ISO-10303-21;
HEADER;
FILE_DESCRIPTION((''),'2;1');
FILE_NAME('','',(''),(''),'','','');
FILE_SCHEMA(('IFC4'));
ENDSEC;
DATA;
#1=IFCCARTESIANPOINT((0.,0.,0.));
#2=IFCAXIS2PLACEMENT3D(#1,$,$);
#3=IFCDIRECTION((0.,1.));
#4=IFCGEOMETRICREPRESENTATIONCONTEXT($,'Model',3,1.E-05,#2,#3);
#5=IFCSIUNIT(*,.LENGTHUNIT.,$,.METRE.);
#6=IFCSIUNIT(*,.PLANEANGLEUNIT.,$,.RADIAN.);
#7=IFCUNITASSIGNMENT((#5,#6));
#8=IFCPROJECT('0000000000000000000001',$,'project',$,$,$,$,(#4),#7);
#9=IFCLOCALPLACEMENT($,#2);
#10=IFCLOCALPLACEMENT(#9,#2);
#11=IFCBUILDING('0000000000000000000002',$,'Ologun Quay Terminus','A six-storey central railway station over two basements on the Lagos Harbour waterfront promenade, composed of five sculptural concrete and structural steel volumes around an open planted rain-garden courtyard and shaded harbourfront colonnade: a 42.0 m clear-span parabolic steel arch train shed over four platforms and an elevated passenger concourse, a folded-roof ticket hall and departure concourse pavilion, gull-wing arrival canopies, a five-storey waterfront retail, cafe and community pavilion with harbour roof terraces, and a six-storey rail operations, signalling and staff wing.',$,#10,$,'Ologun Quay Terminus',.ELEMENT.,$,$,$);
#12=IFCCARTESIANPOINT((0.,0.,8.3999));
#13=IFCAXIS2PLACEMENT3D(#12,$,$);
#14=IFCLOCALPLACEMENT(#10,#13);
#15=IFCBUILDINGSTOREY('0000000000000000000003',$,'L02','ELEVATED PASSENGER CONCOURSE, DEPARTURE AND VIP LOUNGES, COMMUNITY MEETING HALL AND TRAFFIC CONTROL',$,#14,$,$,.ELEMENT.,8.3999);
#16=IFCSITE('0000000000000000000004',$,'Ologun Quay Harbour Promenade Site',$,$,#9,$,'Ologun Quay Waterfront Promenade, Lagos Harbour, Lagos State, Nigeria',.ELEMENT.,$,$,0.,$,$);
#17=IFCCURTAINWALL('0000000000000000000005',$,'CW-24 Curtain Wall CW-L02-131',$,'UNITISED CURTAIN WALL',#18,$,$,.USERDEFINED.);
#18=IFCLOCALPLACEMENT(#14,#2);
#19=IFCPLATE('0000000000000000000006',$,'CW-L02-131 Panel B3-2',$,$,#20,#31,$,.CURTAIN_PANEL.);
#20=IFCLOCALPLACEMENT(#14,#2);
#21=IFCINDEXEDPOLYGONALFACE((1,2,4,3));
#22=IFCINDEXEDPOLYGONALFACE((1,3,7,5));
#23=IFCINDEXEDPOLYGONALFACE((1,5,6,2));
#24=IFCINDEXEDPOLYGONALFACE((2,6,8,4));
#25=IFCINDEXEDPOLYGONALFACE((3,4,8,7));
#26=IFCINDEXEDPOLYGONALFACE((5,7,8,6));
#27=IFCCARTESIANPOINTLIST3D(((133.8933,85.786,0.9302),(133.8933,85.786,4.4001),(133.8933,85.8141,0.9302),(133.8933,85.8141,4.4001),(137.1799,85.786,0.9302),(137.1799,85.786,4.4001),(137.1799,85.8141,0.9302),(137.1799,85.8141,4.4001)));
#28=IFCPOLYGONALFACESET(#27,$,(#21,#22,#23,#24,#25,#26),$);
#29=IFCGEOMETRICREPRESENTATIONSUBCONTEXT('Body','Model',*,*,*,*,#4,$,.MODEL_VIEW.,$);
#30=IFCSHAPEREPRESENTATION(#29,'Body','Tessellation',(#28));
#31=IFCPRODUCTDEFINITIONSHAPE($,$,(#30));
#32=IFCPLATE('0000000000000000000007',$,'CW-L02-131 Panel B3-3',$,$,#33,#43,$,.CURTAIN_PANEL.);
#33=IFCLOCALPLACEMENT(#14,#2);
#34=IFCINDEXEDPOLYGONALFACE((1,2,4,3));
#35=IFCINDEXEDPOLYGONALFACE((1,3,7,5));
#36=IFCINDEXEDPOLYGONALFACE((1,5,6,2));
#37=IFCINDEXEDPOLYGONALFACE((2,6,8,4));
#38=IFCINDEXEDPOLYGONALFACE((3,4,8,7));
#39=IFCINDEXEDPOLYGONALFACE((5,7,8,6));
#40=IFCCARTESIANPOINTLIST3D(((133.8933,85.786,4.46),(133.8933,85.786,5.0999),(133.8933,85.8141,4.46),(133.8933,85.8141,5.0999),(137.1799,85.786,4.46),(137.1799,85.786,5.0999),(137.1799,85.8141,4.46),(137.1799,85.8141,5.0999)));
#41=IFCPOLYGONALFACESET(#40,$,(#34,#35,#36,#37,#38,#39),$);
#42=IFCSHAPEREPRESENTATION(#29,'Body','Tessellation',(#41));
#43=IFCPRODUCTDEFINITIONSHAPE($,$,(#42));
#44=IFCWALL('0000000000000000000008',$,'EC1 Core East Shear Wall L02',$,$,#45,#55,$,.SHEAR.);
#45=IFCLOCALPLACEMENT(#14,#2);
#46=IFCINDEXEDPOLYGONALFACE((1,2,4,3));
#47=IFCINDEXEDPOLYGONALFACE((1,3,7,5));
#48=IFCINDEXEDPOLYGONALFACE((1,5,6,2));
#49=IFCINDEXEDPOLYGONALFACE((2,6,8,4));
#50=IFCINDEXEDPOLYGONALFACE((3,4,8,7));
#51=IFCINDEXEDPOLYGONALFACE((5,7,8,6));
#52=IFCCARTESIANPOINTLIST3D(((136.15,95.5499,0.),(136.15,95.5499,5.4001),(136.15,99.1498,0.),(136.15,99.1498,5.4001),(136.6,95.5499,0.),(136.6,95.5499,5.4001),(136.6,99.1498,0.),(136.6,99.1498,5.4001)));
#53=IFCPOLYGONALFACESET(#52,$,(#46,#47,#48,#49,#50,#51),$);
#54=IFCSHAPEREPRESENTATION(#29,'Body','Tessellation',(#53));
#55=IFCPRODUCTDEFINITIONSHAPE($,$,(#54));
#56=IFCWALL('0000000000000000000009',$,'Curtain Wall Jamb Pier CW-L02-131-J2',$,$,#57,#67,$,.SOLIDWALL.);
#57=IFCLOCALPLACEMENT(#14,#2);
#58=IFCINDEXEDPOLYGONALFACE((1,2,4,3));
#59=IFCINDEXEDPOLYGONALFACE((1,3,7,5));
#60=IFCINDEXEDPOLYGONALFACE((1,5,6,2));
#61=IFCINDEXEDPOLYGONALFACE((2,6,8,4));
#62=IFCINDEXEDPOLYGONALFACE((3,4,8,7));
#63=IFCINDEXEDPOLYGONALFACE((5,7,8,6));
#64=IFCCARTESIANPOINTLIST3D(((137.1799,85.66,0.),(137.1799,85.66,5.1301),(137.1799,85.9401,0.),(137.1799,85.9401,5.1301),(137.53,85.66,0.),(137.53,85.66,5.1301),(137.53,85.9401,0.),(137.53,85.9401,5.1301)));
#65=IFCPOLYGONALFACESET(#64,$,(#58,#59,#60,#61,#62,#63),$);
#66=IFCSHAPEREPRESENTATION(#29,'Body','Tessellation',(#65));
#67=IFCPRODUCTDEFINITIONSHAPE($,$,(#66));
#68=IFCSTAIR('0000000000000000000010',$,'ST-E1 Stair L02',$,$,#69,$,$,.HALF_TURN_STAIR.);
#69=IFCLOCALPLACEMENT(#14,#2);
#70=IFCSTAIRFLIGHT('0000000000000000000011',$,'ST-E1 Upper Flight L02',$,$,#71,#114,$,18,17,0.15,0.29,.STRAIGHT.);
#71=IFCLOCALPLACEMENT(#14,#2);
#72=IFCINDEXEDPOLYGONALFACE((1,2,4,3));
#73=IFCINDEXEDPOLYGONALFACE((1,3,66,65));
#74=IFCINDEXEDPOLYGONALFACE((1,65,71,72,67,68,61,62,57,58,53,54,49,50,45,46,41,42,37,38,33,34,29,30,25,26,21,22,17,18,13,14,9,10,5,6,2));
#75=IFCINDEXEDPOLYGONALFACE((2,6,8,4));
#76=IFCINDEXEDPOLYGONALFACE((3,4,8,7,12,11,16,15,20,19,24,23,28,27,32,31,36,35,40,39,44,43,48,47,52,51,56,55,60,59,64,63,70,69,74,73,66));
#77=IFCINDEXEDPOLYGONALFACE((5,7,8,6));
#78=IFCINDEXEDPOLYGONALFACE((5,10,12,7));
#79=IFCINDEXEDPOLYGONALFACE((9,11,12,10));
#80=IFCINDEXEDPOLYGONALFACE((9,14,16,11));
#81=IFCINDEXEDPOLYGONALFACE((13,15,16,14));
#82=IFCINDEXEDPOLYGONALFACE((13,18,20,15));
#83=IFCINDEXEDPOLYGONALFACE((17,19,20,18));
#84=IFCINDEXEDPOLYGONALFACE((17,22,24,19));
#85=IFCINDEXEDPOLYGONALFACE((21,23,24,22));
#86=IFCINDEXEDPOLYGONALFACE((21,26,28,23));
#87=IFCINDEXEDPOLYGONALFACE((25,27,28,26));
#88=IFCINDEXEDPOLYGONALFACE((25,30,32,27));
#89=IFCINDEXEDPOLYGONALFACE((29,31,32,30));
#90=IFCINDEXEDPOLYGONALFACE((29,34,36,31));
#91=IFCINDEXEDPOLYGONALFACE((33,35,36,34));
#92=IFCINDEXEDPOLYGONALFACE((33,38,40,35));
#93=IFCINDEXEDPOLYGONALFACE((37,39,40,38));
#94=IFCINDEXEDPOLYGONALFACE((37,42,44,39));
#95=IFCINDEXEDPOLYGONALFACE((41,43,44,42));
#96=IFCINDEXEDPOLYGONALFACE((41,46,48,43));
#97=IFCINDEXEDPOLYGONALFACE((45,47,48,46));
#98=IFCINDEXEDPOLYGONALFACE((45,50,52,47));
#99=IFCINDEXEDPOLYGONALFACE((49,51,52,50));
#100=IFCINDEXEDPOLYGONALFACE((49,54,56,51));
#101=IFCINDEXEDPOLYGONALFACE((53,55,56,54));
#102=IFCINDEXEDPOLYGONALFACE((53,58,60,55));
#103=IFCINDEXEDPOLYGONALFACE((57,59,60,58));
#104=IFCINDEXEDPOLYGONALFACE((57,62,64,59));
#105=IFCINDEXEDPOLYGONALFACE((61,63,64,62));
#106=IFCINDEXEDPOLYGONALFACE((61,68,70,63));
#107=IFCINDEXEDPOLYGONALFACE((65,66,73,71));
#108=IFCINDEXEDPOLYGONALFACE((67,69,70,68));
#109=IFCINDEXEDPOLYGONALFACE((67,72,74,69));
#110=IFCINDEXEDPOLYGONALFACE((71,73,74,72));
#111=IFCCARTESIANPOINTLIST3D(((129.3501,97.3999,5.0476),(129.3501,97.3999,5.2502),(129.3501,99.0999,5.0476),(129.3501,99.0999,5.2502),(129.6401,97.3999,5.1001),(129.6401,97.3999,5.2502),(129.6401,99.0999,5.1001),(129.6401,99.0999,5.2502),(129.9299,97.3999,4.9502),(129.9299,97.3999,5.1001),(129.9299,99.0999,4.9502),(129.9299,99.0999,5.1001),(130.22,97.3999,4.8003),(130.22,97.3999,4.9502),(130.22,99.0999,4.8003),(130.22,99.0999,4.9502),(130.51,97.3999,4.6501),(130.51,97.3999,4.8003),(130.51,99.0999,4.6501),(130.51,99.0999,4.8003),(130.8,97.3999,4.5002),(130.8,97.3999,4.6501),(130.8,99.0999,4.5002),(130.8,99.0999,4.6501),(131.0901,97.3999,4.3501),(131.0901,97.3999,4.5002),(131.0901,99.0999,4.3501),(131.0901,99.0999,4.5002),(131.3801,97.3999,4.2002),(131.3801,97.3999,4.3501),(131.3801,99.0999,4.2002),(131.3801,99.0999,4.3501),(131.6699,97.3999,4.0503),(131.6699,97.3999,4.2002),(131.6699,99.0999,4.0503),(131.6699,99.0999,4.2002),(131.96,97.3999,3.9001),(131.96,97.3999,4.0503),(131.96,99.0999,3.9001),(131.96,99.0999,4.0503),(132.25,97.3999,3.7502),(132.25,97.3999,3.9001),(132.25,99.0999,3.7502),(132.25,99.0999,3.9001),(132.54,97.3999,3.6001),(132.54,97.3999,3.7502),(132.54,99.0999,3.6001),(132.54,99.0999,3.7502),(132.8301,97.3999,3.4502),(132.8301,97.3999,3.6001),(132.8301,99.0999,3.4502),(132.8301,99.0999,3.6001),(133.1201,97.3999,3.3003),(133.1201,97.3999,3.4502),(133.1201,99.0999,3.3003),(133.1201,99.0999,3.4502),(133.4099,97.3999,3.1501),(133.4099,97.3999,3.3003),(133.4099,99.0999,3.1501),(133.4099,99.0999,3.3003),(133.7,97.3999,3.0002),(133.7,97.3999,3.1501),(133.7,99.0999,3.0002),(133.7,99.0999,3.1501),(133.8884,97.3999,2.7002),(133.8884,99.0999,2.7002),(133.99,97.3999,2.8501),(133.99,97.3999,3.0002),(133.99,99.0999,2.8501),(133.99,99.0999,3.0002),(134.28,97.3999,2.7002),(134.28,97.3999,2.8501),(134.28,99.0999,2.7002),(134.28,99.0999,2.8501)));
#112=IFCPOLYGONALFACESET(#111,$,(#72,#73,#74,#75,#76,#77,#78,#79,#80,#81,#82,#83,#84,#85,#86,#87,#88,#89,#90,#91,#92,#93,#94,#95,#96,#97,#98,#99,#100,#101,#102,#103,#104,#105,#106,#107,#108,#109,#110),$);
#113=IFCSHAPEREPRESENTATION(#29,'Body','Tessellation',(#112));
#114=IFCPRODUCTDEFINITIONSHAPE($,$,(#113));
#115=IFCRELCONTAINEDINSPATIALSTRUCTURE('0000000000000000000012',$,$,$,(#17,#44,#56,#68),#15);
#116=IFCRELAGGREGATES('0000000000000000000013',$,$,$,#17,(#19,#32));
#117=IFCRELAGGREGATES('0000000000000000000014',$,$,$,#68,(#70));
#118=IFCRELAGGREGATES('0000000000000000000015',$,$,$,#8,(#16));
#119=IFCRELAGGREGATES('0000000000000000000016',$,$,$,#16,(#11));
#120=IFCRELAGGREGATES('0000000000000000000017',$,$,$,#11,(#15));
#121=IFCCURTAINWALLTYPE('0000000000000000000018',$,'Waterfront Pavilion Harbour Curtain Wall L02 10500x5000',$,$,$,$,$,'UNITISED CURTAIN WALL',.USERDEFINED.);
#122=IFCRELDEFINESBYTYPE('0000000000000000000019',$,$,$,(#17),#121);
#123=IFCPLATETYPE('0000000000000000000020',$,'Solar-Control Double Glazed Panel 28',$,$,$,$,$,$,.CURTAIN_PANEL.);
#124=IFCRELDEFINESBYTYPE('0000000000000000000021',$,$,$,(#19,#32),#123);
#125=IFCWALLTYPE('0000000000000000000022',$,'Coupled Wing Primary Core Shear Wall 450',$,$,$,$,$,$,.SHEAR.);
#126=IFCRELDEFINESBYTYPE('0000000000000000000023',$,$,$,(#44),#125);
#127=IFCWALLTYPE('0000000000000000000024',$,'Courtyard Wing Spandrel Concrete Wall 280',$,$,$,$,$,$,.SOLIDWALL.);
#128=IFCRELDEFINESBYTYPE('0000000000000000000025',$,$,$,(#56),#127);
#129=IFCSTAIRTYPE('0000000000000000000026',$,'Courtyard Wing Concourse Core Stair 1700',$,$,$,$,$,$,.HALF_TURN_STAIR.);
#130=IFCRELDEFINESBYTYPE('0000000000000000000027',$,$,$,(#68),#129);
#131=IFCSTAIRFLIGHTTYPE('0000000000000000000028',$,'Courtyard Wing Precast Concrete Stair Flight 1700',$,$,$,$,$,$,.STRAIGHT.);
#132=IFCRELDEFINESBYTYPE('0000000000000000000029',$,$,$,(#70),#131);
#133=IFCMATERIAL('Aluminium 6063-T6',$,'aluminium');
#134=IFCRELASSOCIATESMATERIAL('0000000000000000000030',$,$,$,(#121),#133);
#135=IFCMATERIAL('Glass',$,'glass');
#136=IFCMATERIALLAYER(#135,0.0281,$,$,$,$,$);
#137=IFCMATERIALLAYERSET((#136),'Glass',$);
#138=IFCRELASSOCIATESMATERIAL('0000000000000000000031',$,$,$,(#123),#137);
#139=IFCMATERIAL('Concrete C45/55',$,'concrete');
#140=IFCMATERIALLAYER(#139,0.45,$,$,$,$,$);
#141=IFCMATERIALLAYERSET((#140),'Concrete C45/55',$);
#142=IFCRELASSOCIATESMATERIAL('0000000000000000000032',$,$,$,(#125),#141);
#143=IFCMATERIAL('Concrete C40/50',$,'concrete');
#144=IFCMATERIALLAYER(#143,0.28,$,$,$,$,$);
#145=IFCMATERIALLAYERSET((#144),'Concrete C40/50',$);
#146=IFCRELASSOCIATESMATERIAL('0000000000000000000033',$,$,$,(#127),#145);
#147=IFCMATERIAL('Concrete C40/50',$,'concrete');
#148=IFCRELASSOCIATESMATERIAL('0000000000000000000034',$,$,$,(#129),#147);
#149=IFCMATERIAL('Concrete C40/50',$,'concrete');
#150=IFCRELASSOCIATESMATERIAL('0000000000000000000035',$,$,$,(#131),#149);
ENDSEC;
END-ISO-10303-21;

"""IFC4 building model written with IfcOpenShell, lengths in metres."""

from ifc_helpers import new_model, si_unit, direction, frame, frame_2d, origin, origin_2d, place, context, subcontext, project, spatial, polyline, rectangle, outline, extrude, material, layer, layer_set, type_object, element, aggregate, save


model = new_model("IFC4")

# Units and contexts
model_context = context("Model", 3, precision=1e-05, world=origin(), true_north=direction((0.0, 1.0)))
body_context = subcontext(model_context, "Body", "Model", "MODEL_VIEW")
ifc_project = project(units=[si_unit("LENGTHUNIT", "METRE"), si_unit("PLANEANGLEUNIT", "RADIAN")], contexts=[model_context])

# Site, building, storey
site_placement = place(None, origin())
site = spatial("IfcSite", under=ifc_project, at=site_placement, Name="Ologun Quay Harbour Promenade Site", LongName="Ologun Quay Waterfront Promenade, Lagos Harbour, Lagos State, Nigeria", CompositionType="ELEMENT", RefElevation=0.0)
building_placement = place(site_placement, origin())
building = spatial("IfcBuilding", under=site, at=building_placement, Name="Ologun Quay Terminus", Description="A six-storey central railway station over two basements on the Lagos Harbour waterfront promenade, composed of five sculptural concrete and structural steel volumes around an open planted rain-garden courtyard and shaded harbourfront colonnade: a 42.0 m clear-span parabolic steel arch train shed over four platforms and an elevated passenger concourse, a folded-roof ticket hall and departure concourse pavilion, gull-wing arrival canopies, a five-storey waterfront retail, cafe and community pavilion with harbour roof terraces, and a six-storey rail operations, signalling and staff wing.", LongName="Ologun Quay Terminus", CompositionType="ELEMENT")
storey_placement = place(building_placement, frame((0.0, 0.0, 8.3999)))
storey = spatial("IfcBuildingStorey", under=building, at=storey_placement, Name="L02", Description="ELEVATED PASSENGER CONCOURSE, DEPARTURE AND VIP LOUNGES, COMMUNITY MEETING HALL AND TRAFFIC CONTROL", CompositionType="ELEMENT", Elevation=8.3999)

# Curtain wall
ifc_material_1 = material(Name="Aluminium 6063-T6", Category="aluminium")
curtain_wall_type = type_object("IfcCurtainWallType", Name="Waterfront Pavilion Harbour Curtain Wall L02 10500x5000", ElementType="UNITISED CURTAIN WALL", PredefinedType="USERDEFINED", material=ifc_material_1)
curtain_wall_placement = place(storey_placement, origin())
curtain_wall = element("IfcCurtainWall", 1, at=curtain_wall_placement, inside=storey, type_object=curtain_wall_type, Name="CW-24 Curtain Wall CW-L02-131", ObjectType="UNITISED CURTAIN WALL", PredefinedType="USERDEFINED")

# Plates
ifc_material_2 = material(Name="Glass", Category="glass")
ifc_layer_1 = layer(ifc_material_2, 0.0281)
ifc_layer_set_1 = layer_set([ifc_layer_1], Name="Glass")
plate_type_1 = type_object("IfcPlateType", Name="Solar-Control Double Glazed Panel 28", PredefinedType="CURTAIN_PANEL", material=ifc_layer_set_1)
plate_1_placement = place(storey_placement, frame((135.5366, 85.8, 0.9302), z_axis=(0.0, 0.0, 1.0), x_axis=(1.0, 0.0, 0.0)))
plate_1 = element("IfcPlate", 2, at=plate_1_placement, type_object=plate_type_1, Name="CW-L02-131 Panel B3-2", PredefinedType="CURTAIN_PANEL", context=body_context, shape_type="SweptSolid", body=[
    extrude(rectangle(XDim=3.2866, YDim=0.0281, at=origin_2d()), origin(), (0.0, 0.0, 1.0), 3.47),
])
plate_2_placement = place(storey_placement, frame((135.5366, 85.8, 4.46), z_axis=(0.0, 0.0, 1.0), x_axis=(1.0, 0.0, 0.0)))
plate_2 = element("IfcPlate", 3, at=plate_2_placement, type_object=plate_type_1, Name="CW-L02-131 Panel B3-3", PredefinedType="CURTAIN_PANEL", context=body_context, shape_type="SweptSolid", body=[
    extrude(rectangle(XDim=3.2866, YDim=0.0281, at=origin_2d()), origin(), (0.0, 0.0, 1.0), 0.6399),
])
aggregate(curtain_wall, [plate_1, plate_2])

# Walls
ifc_material_3 = material(Name="Concrete C45/55", Category="concrete")
ifc_layer_2 = layer(ifc_material_3, 0.45)
ifc_layer_set_2 = layer_set([ifc_layer_2], Name="Concrete C45/55")
wall_type_1 = type_object("IfcWallType", Name="Coupled Wing Primary Core Shear Wall 450", PredefinedType="SHEAR", material=ifc_layer_set_2)
wall_1_placement = place(storey_placement, frame((136.375, 95.55, 0.0), z_axis=(0.0, 0.0, 1.0), x_axis=(0.0, 1.0, 0.0)))
element("IfcWall", 4, at=wall_1_placement, inside=storey, type_object=wall_type_1, Name="EC1 Core East Shear Wall L02", PredefinedType="SHEAR", context=body_context, shape_type="SweptSolid", body=[
    extrude(rectangle(XDim=3.5999, YDim=0.45, at=frame_2d((1.7998, 0.0))), origin(), (0.0, 0.0, 1.0), 5.4001),
])
ifc_material_4 = material(Name="Concrete C40/50", Category="concrete")
ifc_layer_3 = layer(ifc_material_4, 0.28)
ifc_layer_set_3 = layer_set([ifc_layer_3], Name="Concrete C40/50")
wall_type_2 = type_object("IfcWallType", Name="Courtyard Wing Spandrel Concrete Wall 280", PredefinedType="SOLIDWALL", material=ifc_layer_set_3)
wall_2_placement = place(storey_placement, frame((137.1799, 85.8, 0.0), z_axis=(0.0, 0.0, 1.0), x_axis=(1.0, 0.0, 0.0)))
element("IfcWall", 5, at=wall_2_placement, inside=storey, type_object=wall_type_2, Name="Curtain Wall Jamb Pier CW-L02-131-J2", PredefinedType="SOLIDWALL", context=body_context, shape_type="SweptSolid", body=[
    extrude(rectangle(XDim=0.3501, YDim=0.28, at=frame_2d((0.175, 0.0))), origin(), (0.0, 0.0, 1.0), 5.1301),
])

# Stair, stair flight
ifc_material_5 = material(Name="Concrete C40/50", Category="concrete")
stair_type = type_object("IfcStairType", Name="Courtyard Wing Concourse Core Stair 1700", PredefinedType="HALF_TURN_STAIR", material=ifc_material_5)
stair_placement = place(storey_placement, origin())
stair = element("IfcStair", 6, at=stair_placement, inside=storey, type_object=stair_type, Name="ST-E1 Stair L02", PredefinedType="HALF_TURN_STAIR")
ifc_material_6 = material(Name="Concrete C40/50", Category="concrete")
stair_flight_type = type_object("IfcStairFlightType", Name="Courtyard Wing Precast Concrete Stair Flight 1700", PredefinedType="STRAIGHT", material=ifc_material_6)
stair_flight_placement = place(storey_placement, frame((134.28, 98.25, 2.7002), z_axis=(0.0, 0.0, 1.0), x_axis=(-1.0, 0.0, 0.0)))
stair_flight = element("IfcStairFlight", 7, at=stair_flight_placement, type_object=stair_flight_type, Name="ST-E1 Upper Flight L02", NumberOfRisers=18, NumberOfTreads=17, PredefinedType="STRAIGHT", RiserHeight=0.15, TreadLength=0.29, context=body_context, shape_type="SweptSolid", body=[
    extrude(outline(polyline([(0.0, 0.0), (0.0, 0.1499), (0.29, 0.1499), (0.29, 0.3), (0.5801, 0.3), (0.5801, 0.45), (0.8701, 0.45), (0.8701, 0.6001), (1.1599, 0.6001), (1.1599, 0.75), (1.45, 0.75), (1.45, 0.8999), (1.74, 0.8999), (1.74, 1.05), (2.03, 1.05), (2.03, 1.2), (2.3201, 1.2), (2.3201, 1.3501), (2.6101, 1.3501), (2.6101, 1.5), (2.8999, 1.5), (2.8999, 1.6499), (3.1899, 1.6499), (3.1899, 1.8), (3.48, 1.8), (3.48, 1.95), (3.77, 1.95), (3.77, 2.1001), (4.0601, 2.1001), (4.0601, 2.25), (4.3501, 2.25), (4.3501, 2.3999), (4.6399, 2.3999), (4.6399, 2.55), (4.9299, 2.55), (4.9299, 2.7), (4.9299, 2.3474), (0.3916, 0.0), (0.0, 0.0)])), frame((0.0, 0.8501, 0.0), z_axis=(0.0, -1.0, 0.0), x_axis=(1.0, 0.0, 0.0)), (0.0, 0.0, 1.0), 1.7),
])
aggregate(stair, [stair_flight])

save(model, "model.ifc")
